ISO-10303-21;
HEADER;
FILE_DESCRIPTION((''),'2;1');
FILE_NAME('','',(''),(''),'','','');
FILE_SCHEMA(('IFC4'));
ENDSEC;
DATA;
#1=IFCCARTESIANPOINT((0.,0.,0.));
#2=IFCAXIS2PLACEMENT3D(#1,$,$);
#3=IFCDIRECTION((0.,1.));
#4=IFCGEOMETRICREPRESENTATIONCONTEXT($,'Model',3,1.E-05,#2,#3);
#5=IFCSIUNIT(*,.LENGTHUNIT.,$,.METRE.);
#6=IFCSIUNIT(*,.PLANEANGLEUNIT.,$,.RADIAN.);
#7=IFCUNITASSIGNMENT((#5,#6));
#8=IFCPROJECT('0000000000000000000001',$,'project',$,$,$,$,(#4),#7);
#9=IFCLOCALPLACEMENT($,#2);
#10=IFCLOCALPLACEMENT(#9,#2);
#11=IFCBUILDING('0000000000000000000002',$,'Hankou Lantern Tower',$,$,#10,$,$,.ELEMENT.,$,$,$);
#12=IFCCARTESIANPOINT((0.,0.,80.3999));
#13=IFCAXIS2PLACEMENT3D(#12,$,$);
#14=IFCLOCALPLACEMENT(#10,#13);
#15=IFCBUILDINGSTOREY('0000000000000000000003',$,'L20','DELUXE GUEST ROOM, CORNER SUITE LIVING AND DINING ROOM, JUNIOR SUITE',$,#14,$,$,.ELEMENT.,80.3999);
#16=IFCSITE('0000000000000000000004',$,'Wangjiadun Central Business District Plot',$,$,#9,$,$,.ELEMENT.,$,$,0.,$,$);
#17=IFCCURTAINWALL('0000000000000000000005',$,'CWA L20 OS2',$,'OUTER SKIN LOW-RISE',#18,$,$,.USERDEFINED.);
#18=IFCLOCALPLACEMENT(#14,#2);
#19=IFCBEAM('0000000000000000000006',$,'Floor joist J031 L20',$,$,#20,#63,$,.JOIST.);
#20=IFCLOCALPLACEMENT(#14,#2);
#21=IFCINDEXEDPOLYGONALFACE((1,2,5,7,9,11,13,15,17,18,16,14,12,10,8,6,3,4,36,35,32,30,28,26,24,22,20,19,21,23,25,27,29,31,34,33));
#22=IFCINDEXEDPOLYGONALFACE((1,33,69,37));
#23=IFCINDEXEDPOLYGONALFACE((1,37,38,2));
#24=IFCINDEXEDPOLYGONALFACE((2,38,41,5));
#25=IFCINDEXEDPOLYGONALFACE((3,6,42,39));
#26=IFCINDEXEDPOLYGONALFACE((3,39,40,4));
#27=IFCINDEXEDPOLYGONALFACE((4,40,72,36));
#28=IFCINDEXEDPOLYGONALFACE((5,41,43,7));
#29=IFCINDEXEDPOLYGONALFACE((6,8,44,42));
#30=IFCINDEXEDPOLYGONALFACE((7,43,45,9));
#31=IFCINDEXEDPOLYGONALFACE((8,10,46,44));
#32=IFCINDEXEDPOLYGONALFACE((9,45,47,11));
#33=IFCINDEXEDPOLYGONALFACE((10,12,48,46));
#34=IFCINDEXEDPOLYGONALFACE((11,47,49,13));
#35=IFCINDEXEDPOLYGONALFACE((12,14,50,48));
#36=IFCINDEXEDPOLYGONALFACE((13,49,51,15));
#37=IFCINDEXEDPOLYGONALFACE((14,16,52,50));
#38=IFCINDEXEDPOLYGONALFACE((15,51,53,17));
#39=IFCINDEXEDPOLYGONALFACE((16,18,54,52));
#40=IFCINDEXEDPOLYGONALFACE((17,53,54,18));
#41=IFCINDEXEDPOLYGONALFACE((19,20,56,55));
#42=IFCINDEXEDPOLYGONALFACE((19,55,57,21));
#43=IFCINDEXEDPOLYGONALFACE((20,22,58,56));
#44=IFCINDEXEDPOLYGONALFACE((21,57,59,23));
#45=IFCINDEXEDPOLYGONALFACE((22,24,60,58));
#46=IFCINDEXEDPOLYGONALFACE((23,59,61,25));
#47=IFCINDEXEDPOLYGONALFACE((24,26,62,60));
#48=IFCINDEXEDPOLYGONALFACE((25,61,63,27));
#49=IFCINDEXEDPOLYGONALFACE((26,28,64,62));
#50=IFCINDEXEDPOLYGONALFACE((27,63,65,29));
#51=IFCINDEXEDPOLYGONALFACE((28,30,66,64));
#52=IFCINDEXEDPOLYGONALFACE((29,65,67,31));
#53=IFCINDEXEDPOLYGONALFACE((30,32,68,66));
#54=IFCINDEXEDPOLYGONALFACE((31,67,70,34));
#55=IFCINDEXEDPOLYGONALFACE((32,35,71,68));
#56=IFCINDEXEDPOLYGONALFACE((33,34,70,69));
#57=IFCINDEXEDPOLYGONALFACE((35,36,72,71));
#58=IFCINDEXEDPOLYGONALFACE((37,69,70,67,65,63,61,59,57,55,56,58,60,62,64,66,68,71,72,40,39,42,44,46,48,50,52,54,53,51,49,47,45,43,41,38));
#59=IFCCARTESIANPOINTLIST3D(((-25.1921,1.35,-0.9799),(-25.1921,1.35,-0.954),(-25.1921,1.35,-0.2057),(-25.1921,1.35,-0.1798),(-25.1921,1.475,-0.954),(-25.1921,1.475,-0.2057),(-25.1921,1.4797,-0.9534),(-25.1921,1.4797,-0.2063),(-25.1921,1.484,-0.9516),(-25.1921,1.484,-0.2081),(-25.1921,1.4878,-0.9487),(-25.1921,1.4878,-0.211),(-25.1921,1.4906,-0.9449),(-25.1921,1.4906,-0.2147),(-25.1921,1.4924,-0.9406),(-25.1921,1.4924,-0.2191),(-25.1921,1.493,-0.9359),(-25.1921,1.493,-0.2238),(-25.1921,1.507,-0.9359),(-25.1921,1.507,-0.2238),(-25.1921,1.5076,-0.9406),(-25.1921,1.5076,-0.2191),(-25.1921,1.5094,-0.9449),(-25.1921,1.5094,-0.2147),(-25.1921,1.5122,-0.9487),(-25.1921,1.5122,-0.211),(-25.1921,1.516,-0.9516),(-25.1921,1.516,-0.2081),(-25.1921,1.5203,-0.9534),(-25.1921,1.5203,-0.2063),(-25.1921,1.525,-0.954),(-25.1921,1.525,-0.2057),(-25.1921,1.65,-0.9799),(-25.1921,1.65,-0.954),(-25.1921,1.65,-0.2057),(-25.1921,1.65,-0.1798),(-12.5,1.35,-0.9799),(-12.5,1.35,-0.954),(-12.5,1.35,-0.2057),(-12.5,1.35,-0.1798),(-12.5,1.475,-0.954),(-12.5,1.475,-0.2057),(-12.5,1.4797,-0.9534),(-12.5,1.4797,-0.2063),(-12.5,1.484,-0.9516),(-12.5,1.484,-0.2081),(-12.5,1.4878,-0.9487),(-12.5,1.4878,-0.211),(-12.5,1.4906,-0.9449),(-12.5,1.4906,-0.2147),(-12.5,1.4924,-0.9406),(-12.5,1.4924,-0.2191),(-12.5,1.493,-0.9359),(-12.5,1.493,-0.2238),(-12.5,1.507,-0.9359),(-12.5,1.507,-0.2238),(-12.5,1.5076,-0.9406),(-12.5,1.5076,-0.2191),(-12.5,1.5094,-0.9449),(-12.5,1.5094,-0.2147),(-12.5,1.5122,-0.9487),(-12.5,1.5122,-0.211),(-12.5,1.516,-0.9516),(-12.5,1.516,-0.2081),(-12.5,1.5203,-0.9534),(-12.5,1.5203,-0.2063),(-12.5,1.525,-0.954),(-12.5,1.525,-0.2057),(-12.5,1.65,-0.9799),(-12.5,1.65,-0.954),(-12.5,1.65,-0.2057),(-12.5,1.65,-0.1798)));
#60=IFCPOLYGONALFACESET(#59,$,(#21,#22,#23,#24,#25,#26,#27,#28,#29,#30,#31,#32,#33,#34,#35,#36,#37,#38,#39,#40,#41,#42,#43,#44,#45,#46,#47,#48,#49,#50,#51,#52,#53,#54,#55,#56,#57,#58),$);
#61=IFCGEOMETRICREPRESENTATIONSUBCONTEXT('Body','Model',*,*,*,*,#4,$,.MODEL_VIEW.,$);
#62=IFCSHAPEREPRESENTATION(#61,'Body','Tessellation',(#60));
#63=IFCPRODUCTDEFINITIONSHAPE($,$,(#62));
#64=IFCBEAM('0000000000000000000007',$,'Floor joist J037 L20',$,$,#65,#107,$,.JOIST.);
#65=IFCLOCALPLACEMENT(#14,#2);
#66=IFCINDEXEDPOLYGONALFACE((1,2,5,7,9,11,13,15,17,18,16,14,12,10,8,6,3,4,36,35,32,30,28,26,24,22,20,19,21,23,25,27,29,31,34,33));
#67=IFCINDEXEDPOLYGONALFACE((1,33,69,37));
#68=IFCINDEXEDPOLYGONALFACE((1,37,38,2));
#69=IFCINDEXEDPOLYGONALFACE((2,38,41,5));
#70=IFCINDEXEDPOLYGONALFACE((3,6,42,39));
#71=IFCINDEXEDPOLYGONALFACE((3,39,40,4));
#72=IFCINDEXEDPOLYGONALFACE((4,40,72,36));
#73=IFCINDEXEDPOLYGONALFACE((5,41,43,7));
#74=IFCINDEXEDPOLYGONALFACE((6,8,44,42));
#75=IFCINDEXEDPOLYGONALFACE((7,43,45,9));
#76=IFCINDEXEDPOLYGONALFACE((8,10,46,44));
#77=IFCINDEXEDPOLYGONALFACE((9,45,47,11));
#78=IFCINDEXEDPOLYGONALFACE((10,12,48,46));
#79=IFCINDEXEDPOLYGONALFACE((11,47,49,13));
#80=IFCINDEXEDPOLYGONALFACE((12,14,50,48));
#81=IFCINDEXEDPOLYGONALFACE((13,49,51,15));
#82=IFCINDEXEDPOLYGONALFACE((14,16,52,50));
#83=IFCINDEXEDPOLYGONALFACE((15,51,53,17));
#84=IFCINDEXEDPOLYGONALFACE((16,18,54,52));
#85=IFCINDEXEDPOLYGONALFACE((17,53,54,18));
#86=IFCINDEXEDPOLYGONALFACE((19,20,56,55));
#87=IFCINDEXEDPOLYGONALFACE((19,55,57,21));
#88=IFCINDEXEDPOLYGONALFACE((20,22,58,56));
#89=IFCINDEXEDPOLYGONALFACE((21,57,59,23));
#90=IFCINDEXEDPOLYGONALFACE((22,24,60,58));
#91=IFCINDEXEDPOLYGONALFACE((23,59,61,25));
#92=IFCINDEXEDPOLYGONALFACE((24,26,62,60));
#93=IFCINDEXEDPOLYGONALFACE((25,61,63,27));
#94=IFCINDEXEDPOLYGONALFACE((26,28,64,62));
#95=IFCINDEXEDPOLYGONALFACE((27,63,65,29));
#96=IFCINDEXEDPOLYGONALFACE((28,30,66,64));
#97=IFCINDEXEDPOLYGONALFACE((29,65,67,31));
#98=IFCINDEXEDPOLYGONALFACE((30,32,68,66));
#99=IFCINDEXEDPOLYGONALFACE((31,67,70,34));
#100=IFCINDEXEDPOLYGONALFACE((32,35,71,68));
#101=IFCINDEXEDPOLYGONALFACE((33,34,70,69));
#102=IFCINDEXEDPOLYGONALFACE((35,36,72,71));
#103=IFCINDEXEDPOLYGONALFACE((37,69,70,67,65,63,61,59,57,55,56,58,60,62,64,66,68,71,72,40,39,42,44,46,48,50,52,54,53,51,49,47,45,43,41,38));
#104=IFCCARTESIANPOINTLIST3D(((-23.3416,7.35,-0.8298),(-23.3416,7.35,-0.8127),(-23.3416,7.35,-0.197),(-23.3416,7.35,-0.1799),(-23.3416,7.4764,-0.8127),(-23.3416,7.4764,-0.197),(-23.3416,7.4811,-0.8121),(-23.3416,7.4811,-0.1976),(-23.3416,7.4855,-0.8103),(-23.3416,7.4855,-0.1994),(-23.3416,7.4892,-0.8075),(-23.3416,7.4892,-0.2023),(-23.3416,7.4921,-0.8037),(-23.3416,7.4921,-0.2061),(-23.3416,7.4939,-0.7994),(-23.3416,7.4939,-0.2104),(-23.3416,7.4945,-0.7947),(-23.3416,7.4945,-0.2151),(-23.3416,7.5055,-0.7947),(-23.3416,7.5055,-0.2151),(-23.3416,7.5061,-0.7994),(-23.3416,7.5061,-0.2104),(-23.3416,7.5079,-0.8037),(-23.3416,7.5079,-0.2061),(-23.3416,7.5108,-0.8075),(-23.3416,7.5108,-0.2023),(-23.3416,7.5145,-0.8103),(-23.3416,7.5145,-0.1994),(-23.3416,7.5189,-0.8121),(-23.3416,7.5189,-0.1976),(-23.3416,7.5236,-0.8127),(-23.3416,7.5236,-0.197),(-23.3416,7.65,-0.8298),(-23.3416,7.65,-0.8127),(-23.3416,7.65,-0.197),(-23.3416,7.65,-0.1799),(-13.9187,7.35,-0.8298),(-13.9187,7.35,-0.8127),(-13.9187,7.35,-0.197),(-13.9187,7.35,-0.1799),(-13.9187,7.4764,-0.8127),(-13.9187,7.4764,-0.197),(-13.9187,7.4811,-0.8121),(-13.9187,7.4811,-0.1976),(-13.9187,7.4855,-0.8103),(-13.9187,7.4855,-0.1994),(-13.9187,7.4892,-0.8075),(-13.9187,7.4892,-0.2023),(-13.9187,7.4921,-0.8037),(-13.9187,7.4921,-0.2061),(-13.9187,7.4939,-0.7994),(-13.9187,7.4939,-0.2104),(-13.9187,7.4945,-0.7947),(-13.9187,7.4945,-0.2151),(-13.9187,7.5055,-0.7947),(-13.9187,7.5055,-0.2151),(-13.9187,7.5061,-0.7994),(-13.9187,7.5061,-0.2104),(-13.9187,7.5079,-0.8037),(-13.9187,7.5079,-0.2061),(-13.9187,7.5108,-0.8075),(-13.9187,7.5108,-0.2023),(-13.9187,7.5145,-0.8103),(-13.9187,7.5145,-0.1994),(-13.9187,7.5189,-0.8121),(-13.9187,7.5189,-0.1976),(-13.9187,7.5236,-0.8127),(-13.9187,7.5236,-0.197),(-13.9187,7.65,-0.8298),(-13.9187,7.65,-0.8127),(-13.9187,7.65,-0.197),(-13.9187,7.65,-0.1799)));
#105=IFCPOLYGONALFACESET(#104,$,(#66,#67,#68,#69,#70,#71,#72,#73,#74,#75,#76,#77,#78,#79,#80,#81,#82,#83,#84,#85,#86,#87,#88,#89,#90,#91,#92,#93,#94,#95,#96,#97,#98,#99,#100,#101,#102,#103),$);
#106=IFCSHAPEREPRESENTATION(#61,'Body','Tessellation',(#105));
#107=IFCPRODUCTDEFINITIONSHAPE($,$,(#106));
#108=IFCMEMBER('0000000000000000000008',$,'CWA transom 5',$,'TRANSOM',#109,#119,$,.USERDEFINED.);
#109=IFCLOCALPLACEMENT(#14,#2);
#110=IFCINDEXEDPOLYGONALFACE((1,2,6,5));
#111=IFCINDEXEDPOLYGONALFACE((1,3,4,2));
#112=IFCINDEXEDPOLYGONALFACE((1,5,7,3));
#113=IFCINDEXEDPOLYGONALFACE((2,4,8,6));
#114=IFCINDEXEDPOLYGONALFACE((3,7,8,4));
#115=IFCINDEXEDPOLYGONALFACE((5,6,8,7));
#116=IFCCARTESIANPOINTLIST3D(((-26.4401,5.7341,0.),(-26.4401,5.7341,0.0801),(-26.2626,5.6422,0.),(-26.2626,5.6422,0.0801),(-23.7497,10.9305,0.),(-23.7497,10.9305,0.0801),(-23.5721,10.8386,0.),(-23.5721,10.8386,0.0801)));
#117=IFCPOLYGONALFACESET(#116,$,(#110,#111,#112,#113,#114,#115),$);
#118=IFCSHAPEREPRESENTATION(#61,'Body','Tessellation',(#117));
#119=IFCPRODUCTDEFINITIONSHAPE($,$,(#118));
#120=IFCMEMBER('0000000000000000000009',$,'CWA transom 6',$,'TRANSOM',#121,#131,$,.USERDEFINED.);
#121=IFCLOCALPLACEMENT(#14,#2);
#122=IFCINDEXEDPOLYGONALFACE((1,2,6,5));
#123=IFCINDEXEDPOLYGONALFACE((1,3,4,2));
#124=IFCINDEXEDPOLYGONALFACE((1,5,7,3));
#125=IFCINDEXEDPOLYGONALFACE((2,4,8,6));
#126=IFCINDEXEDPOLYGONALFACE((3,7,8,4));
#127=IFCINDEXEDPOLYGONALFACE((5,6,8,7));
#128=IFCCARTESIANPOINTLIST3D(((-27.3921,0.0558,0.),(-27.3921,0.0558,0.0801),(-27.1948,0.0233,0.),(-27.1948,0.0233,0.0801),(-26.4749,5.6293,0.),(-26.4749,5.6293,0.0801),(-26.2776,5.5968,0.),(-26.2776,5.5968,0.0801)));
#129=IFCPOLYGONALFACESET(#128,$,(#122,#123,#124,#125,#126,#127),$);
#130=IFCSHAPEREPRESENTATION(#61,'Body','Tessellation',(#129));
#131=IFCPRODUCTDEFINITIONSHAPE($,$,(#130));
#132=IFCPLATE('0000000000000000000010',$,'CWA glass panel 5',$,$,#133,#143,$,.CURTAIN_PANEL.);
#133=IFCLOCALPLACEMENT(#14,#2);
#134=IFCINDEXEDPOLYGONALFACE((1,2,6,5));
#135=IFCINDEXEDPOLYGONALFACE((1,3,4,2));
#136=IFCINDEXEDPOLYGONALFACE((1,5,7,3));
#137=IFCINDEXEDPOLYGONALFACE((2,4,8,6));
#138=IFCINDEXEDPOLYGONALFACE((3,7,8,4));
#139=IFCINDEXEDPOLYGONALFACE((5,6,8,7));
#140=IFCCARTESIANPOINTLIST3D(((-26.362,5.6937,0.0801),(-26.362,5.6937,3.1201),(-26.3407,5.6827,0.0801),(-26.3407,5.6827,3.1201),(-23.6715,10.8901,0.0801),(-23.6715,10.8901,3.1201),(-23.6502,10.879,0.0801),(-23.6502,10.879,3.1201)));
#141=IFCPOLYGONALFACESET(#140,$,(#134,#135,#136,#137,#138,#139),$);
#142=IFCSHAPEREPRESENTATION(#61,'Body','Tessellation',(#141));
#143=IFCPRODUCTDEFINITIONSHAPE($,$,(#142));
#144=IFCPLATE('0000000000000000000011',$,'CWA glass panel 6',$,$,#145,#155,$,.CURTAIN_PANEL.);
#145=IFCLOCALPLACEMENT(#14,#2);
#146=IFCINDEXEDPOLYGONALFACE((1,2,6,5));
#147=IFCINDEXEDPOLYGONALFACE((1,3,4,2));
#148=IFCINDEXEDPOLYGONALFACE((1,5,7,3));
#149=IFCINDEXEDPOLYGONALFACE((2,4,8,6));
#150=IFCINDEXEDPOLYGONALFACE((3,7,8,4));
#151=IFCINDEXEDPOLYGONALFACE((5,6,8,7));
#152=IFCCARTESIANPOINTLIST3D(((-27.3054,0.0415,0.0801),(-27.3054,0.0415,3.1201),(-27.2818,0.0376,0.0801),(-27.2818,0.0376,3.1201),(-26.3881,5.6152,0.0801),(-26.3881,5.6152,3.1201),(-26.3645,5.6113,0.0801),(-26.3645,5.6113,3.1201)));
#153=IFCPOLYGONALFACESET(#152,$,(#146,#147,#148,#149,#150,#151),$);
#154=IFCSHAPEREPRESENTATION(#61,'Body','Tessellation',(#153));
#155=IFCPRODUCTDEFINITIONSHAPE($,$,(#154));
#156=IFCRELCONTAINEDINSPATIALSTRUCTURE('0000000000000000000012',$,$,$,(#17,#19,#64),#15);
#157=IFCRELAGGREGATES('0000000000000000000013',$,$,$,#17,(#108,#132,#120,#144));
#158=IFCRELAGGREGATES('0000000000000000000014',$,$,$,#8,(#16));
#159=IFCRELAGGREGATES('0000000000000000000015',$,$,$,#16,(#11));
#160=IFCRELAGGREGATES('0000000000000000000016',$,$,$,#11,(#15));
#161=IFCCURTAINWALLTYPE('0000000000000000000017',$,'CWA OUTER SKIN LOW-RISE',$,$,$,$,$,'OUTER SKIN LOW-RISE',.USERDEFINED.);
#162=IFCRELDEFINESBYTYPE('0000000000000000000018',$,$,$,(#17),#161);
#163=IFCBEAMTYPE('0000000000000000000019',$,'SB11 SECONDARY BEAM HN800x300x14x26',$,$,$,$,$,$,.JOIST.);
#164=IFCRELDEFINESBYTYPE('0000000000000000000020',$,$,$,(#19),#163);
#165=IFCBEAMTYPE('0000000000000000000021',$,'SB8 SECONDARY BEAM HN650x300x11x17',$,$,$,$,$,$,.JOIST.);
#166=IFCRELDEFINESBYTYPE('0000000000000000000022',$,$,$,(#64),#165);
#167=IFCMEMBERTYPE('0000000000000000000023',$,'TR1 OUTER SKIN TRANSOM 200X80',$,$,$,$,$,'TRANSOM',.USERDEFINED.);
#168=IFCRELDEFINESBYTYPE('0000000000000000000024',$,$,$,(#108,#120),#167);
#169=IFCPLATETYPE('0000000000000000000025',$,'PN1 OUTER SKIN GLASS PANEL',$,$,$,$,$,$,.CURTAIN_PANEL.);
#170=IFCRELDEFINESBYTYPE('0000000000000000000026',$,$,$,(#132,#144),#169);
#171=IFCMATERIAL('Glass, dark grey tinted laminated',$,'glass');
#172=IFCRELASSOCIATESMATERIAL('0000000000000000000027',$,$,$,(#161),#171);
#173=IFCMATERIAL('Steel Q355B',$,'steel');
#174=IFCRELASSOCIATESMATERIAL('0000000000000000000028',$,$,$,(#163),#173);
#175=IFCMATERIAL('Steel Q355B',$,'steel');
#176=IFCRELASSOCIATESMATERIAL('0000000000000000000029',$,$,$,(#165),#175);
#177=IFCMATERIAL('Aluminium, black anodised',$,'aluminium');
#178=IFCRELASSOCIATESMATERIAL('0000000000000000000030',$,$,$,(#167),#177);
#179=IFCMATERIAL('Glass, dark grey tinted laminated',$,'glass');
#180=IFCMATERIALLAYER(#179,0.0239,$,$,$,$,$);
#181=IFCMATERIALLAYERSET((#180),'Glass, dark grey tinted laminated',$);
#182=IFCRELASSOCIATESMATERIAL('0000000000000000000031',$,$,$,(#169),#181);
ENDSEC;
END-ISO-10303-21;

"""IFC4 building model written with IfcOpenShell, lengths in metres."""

from ifc_helpers import new_model, si_unit, direction, frame, origin, origin_2d, place, context, subcontext, project, spatial, rectangle, i_section, extrude, material, layer, layer_set, material_profile, profile_set, type_object, element, aggregate, save


model = new_model("IFC4")

# Units and contexts
model_context = context("Model", 3, precision=1e-05, world=origin(), true_north=direction((0.0, 1.0)))
body_context = subcontext(model_context, "Body", "Model", "MODEL_VIEW")
ifc_project = project(units=[si_unit("LENGTHUNIT", "METRE"), si_unit("PLANEANGLEUNIT", "RADIAN")], contexts=[model_context])

# Site, building, storey
site_placement = place(None, origin())
site = spatial("IfcSite", under=ifc_project, at=site_placement, Name="Wangjiadun Central Business District Plot", CompositionType="ELEMENT", RefElevation=0.0)
building_placement = place(site_placement, origin())
building = spatial("IfcBuilding", under=site, at=building_placement, Name="Hankou Lantern Tower", CompositionType="ELEMENT")
storey_placement = place(building_placement, frame((0.0, 0.0, 80.3999)))
storey = spatial("IfcBuildingStorey", under=building, at=storey_placement, Name="L20", Description="DELUXE GUEST ROOM, CORNER SUITE LIVING AND DINING ROOM, JUNIOR SUITE", CompositionType="ELEMENT", Elevation=80.3999)

# Curtain wall
ifc_material_1 = material(Name="Glass, dark grey tinted laminated", Category="glass")
curtain_wall_type = type_object("IfcCurtainWallType", Name="CWA OUTER SKIN LOW-RISE", ElementType="OUTER SKIN LOW-RISE", PredefinedType="USERDEFINED", material=ifc_material_1)
curtain_wall_placement = place(storey_placement, origin())
curtain_wall = element("IfcCurtainWall", 1, at=curtain_wall_placement, inside=storey, type_object=curtain_wall_type, Name="CWA L20 OS2", ObjectType="OUTER SKIN LOW-RISE", PredefinedType="USERDEFINED")

# Beams
ifc_material_2 = material(Name="Steel Q355B", Category="steel")
ifc_material_profile_1 = material_profile(ifc_material_2, i_section(OverallWidth=0.3, OverallDepth=0.8, WebThickness=0.0139, FlangeThickness=0.0259, FilletRadius=0.0181, at=origin_2d()), Name="HN800x300x14x26")
ifc_profile_set_1 = profile_set([ifc_material_profile_1], Name="Steel Q355B")
beam_type_1 = type_object("IfcBeamType", Name="SB11 SECONDARY BEAM HN800x300x14x26", PredefinedType="JOIST", material=ifc_profile_set_1)
beam_1_placement = place(storey_placement, frame((-25.1921, 1.5, -0.5798), z_axis=(1.0, 0.0, 0.0), x_axis=(0.0, 1.0, 0.0)))
element("IfcBeam", 2, at=beam_1_placement, inside=storey, type_object=beam_type_1, Name="Floor joist J031 L20", PredefinedType="JOIST", context=body_context, shape_type="SweptSolid", body=[
    extrude(i_section(OverallWidth=0.3, OverallDepth=0.8, WebThickness=0.0139, FlangeThickness=0.0259, FilletRadius=0.0181, at=origin_2d()), origin(), (0.0, 0.0, 1.0), 12.6921),
])
ifc_material_3 = material(Name="Steel Q355B", Category="steel")
ifc_material_profile_2 = material_profile(ifc_material_3, i_section(OverallWidth=0.3, OverallDepth=0.6499, WebThickness=0.011, FlangeThickness=0.0171, FilletRadius=0.0181, at=origin_2d()), Name="HN650x300x11x17")
ifc_profile_set_2 = profile_set([ifc_material_profile_2], Name="Steel Q355B")
beam_type_2 = type_object("IfcBeamType", Name="SB8 SECONDARY BEAM HN650x300x11x17", PredefinedType="JOIST", material=ifc_profile_set_2)
beam_2_placement = place(storey_placement, frame((-23.3416, 7.5, -0.5049), z_axis=(1.0, 0.0, 0.0), x_axis=(0.0, 1.0, 0.0)))
element("IfcBeam", 3, at=beam_2_placement, inside=storey, type_object=beam_type_2, Name="Floor joist J037 L20", PredefinedType="JOIST", context=body_context, shape_type="SweptSolid", body=[
    extrude(i_section(OverallWidth=0.3, OverallDepth=0.6499, WebThickness=0.011, FlangeThickness=0.0171, FilletRadius=0.0181, at=origin_2d()), origin(), (0.0, 0.0, 1.0), 9.4229),
])

# Members
ifc_material_4 = material(Name="Aluminium, black anodised", Category="aluminium")
ifc_material_profile_3 = material_profile(ifc_material_4, rectangle(XDim=0.2, YDim=0.0801, at=origin_2d()), Name="TR1 200X80")
ifc_profile_set_3 = profile_set([ifc_material_profile_3], Name="Aluminium, black anodised")
member_type_1 = type_object("IfcMemberType", Name="TR1 OUTER SKIN TRANSOM 200X80", ElementType="TRANSOM", PredefinedType="USERDEFINED", material=ifc_profile_set_3)
member_1_placement = place(storey_placement, frame((-23.6609, 10.8845, 0.04), z_axis=(-0.459786, -0.88803, 0.0), x_axis=(0.88803, -0.459786, 0.0)))
member_1 = element("IfcMember", 4, at=member_1_placement, type_object=member_type_1, Name="CWA transom 5", ObjectType="TRANSOM", PredefinedType="USERDEFINED", context=body_context, shape_type="SweptSolid", body=[
    extrude(rectangle(XDim=0.2, YDim=0.0801, at=origin_2d()), origin(), (0.0, 0.0, 1.0), 5.8516),
])
member_2_placement = place(storey_placement, frame((-26.3762, 5.613, 0.04), z_axis=(-0.162387, -0.986727, 0.0), x_axis=(0.986727, -0.162387, 0.0)))
member_2 = element("IfcMember", 5, at=member_2_placement, type_object=member_type_1, Name="CWA transom 6", ObjectType="TRANSOM", PredefinedType="USERDEFINED", context=body_context, shape_type="SweptSolid", body=[
    extrude(rectangle(XDim=0.2, YDim=0.0801, at=origin_2d()), origin(), (0.0, 0.0, 1.0), 5.6484),
])

# Plates
ifc_material_5 = material(Name="Glass, dark grey tinted laminated", Category="glass")
ifc_layer_1 = layer(ifc_material_5, 0.0239)
ifc_layer_set_1 = layer_set([ifc_layer_1], Name="Glass, dark grey tinted laminated")
plate_type = type_object("IfcPlateType", Name="PN1 OUTER SKIN GLASS PANEL", PredefinedType="CURTAIN_PANEL", material=ifc_layer_set_1)
plate_1_placement = place(storey_placement, frame((-25.0061, 8.2864, 0.0801), z_axis=(0.0, 0.0, 1.0), x_axis=(-0.459791, -0.888027, 0.0)))
plate_1 = element("IfcPlate", 6, at=plate_1_placement, type_object=plate_type, Name="CWA glass panel 5", PredefinedType="CURTAIN_PANEL", context=body_context, shape_type="SweptSolid", body=[
    extrude(rectangle(XDim=5.8516, YDim=0.0239, at=origin_2d()), origin(), (0.0, 0.0, 1.0), 3.04),
])
plate_2_placement = place(storey_placement, frame((-26.835, 2.8264, 0.0801), z_axis=(0.0, 0.0, 1.0), x_axis=(-0.162382, -0.986728, 0.0)))
plate_2 = element("IfcPlate", 7, at=plate_2_placement, type_object=plate_type, Name="CWA glass panel 6", PredefinedType="CURTAIN_PANEL", context=body_context, shape_type="SweptSolid", body=[
    extrude(rectangle(XDim=5.6487, YDim=0.0239, at=origin_2d()), origin(), (0.0, 0.0, 1.0), 3.04),
])
aggregate(curtain_wall, [member_1, plate_1, member_2, plate_2])

save(model, "model.ifc")
